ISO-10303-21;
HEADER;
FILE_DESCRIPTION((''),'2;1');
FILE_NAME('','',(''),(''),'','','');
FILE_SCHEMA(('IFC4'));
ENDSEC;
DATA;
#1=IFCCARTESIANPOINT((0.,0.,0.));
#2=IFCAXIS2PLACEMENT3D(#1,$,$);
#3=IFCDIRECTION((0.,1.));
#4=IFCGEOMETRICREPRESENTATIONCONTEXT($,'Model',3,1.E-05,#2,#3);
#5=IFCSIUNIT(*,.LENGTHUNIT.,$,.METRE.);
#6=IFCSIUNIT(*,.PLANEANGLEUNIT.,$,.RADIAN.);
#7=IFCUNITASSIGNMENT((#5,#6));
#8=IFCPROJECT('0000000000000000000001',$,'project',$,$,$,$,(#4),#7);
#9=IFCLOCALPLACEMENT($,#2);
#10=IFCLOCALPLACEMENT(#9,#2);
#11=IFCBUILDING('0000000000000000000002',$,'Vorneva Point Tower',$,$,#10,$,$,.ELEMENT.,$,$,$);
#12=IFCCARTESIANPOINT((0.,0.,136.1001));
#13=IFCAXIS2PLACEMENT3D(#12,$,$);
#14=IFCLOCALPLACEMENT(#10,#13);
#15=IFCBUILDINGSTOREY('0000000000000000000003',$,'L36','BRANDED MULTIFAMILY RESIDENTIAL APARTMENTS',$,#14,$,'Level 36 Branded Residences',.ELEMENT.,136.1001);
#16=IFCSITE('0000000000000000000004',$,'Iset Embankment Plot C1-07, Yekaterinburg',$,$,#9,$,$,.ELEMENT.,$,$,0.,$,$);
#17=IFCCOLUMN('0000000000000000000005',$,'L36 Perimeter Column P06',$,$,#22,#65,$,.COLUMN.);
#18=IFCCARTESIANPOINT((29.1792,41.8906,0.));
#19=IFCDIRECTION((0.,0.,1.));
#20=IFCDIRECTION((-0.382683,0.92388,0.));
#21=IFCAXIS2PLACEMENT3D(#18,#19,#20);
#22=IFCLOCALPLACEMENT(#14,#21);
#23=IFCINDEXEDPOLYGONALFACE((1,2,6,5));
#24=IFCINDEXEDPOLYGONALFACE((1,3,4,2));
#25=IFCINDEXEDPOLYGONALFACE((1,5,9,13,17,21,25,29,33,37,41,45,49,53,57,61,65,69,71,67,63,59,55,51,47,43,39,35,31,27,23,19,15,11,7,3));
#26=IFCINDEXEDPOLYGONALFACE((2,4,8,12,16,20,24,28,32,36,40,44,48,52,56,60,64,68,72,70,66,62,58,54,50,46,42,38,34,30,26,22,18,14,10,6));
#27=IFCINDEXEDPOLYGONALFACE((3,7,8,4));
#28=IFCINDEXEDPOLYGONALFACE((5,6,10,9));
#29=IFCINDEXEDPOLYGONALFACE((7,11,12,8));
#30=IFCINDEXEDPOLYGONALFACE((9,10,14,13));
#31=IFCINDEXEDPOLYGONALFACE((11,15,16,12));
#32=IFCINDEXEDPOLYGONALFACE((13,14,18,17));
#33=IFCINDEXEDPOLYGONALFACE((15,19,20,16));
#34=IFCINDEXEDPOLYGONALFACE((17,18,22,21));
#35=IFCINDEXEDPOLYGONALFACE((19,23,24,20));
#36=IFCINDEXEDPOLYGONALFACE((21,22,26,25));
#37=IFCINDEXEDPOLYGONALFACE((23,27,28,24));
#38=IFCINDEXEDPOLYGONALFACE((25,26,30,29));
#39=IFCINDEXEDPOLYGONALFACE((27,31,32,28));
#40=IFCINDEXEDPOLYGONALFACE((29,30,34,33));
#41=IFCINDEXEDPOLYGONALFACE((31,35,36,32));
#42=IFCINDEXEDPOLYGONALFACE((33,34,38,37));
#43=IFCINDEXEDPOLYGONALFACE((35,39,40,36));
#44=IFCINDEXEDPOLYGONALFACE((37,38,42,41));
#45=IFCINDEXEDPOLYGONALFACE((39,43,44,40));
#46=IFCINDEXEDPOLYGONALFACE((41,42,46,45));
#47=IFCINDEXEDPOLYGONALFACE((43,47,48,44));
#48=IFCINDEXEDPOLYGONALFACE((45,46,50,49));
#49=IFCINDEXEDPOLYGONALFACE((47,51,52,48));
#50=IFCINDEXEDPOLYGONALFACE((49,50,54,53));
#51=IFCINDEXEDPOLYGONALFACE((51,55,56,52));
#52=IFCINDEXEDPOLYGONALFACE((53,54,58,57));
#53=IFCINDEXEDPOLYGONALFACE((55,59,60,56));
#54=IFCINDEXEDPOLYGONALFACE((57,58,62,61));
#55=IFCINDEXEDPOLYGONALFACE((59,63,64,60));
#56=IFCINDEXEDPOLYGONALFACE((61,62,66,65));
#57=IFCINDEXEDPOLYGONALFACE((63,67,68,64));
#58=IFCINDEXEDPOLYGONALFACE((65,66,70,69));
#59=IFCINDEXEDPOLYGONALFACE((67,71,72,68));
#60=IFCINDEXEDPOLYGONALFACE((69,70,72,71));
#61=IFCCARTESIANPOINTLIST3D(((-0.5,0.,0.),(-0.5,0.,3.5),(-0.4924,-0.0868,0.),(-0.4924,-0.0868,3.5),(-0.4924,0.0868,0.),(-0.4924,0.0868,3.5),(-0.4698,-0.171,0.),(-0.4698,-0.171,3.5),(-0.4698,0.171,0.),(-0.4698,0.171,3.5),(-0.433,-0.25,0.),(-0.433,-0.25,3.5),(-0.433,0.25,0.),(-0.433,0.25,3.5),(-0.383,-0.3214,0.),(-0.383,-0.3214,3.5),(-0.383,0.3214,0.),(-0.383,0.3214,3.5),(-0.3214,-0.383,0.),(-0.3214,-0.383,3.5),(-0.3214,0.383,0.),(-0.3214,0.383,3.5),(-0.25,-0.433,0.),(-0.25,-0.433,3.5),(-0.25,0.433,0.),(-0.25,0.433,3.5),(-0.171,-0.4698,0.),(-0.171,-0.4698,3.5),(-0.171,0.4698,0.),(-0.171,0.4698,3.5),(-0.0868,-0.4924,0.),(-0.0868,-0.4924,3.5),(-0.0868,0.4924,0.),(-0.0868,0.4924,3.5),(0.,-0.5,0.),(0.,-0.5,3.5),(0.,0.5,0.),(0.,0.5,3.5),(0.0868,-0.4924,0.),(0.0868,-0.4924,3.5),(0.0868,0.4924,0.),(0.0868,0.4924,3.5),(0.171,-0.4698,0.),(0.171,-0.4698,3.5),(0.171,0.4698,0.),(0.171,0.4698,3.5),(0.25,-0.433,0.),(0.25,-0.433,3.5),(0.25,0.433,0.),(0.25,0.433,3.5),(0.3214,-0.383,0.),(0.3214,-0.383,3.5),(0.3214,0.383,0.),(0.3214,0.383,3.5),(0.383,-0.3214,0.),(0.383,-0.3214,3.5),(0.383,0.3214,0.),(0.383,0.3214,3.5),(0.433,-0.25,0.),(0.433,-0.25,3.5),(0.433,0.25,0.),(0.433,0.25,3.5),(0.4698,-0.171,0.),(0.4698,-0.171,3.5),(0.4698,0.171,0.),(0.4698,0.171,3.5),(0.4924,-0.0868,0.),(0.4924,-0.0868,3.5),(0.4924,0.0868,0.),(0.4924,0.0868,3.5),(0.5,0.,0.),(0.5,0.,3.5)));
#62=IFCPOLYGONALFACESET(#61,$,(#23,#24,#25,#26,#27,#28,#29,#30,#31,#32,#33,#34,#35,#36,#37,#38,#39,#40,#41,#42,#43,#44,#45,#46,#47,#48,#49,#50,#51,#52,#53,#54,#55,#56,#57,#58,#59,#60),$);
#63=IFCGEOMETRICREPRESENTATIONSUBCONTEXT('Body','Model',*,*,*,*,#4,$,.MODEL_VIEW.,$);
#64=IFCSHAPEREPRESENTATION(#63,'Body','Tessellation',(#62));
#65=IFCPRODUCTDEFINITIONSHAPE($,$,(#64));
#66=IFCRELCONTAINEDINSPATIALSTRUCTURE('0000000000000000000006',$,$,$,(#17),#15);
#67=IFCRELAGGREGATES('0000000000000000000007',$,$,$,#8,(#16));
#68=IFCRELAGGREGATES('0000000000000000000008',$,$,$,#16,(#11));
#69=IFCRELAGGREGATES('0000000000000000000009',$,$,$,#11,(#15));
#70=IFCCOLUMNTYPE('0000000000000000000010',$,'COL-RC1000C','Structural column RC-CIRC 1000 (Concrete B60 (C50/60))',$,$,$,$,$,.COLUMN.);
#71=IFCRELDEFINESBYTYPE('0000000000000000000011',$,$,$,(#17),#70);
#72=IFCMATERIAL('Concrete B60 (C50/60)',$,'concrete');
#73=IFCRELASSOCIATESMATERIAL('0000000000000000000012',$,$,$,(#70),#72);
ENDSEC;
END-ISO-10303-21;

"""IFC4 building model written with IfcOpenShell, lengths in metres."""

from ifc_helpers import new_model, si_unit, direction, frame, origin, origin_2d, place, context, subcontext, project, spatial, circle, extrude, material, material_profile, profile_set, type_object, element, save


model = new_model("IFC4")

# Units and contexts
model_context = context("Model", 3, precision=1e-05, world=origin(), true_north=direction((0.0, 1.0)))
body_context = subcontext(model_context, "Body", "Model", "MODEL_VIEW")
ifc_project = project(units=[si_unit("LENGTHUNIT", "METRE"), si_unit("PLANEANGLEUNIT", "RADIAN")], contexts=[model_context])

# Site, building, storey
site_placement = place(None, origin())
site = spatial("IfcSite", under=ifc_project, at=site_placement, Name="Iset Embankment Plot C1-07, Yekaterinburg", CompositionType="ELEMENT", RefElevation=0.0)
building_placement = place(site_placement, origin())
building = spatial("IfcBuilding", under=site, at=building_placement, Name="Vorneva Point Tower", CompositionType="ELEMENT")
storey_placement = place(building_placement, frame((0.0, 0.0, 136.1001)))
storey = spatial("IfcBuildingStorey", under=building, at=storey_placement, Name="L36", Description="BRANDED MULTIFAMILY RESIDENTIAL APARTMENTS", LongName="Level 36 Branded Residences", CompositionType="ELEMENT", Elevation=136.1001)

# Column
ifc_material_1 = material(Name="Concrete B60 (C50/60)", Category="concrete")
ifc_material_profile_1 = material_profile(ifc_material_1, circle(Radius=0.5, at=origin_2d()), Name="RC-CIRC 1000")
ifc_profile_set_1 = profile_set([ifc_material_profile_1], Name="Concrete B60 (C50/60)")
column_type = type_object("IfcColumnType", Name="COL-RC1000C", Description="Structural column RC-CIRC 1000 (Concrete B60 (C50/60))", PredefinedType="COLUMN", material=ifc_profile_set_1)
column_placement = place(storey_placement, frame((29.1792, 41.8906, 0.0), z_axis=(0.0, 0.0, 1.0), x_axis=(-0.382683, 0.92388, 0.0)))
element("IfcColumn", 1, at=column_placement, inside=storey, type_object=column_type, Name="L36 Perimeter Column P06", PredefinedType="COLUMN", context=body_context, shape_type="SweptSolid", body=[
    extrude(circle(Radius=0.5, at=origin_2d()), origin(), (0.0, 0.0, 1.0), 3.5),
])

save(model, "model.ifc")
